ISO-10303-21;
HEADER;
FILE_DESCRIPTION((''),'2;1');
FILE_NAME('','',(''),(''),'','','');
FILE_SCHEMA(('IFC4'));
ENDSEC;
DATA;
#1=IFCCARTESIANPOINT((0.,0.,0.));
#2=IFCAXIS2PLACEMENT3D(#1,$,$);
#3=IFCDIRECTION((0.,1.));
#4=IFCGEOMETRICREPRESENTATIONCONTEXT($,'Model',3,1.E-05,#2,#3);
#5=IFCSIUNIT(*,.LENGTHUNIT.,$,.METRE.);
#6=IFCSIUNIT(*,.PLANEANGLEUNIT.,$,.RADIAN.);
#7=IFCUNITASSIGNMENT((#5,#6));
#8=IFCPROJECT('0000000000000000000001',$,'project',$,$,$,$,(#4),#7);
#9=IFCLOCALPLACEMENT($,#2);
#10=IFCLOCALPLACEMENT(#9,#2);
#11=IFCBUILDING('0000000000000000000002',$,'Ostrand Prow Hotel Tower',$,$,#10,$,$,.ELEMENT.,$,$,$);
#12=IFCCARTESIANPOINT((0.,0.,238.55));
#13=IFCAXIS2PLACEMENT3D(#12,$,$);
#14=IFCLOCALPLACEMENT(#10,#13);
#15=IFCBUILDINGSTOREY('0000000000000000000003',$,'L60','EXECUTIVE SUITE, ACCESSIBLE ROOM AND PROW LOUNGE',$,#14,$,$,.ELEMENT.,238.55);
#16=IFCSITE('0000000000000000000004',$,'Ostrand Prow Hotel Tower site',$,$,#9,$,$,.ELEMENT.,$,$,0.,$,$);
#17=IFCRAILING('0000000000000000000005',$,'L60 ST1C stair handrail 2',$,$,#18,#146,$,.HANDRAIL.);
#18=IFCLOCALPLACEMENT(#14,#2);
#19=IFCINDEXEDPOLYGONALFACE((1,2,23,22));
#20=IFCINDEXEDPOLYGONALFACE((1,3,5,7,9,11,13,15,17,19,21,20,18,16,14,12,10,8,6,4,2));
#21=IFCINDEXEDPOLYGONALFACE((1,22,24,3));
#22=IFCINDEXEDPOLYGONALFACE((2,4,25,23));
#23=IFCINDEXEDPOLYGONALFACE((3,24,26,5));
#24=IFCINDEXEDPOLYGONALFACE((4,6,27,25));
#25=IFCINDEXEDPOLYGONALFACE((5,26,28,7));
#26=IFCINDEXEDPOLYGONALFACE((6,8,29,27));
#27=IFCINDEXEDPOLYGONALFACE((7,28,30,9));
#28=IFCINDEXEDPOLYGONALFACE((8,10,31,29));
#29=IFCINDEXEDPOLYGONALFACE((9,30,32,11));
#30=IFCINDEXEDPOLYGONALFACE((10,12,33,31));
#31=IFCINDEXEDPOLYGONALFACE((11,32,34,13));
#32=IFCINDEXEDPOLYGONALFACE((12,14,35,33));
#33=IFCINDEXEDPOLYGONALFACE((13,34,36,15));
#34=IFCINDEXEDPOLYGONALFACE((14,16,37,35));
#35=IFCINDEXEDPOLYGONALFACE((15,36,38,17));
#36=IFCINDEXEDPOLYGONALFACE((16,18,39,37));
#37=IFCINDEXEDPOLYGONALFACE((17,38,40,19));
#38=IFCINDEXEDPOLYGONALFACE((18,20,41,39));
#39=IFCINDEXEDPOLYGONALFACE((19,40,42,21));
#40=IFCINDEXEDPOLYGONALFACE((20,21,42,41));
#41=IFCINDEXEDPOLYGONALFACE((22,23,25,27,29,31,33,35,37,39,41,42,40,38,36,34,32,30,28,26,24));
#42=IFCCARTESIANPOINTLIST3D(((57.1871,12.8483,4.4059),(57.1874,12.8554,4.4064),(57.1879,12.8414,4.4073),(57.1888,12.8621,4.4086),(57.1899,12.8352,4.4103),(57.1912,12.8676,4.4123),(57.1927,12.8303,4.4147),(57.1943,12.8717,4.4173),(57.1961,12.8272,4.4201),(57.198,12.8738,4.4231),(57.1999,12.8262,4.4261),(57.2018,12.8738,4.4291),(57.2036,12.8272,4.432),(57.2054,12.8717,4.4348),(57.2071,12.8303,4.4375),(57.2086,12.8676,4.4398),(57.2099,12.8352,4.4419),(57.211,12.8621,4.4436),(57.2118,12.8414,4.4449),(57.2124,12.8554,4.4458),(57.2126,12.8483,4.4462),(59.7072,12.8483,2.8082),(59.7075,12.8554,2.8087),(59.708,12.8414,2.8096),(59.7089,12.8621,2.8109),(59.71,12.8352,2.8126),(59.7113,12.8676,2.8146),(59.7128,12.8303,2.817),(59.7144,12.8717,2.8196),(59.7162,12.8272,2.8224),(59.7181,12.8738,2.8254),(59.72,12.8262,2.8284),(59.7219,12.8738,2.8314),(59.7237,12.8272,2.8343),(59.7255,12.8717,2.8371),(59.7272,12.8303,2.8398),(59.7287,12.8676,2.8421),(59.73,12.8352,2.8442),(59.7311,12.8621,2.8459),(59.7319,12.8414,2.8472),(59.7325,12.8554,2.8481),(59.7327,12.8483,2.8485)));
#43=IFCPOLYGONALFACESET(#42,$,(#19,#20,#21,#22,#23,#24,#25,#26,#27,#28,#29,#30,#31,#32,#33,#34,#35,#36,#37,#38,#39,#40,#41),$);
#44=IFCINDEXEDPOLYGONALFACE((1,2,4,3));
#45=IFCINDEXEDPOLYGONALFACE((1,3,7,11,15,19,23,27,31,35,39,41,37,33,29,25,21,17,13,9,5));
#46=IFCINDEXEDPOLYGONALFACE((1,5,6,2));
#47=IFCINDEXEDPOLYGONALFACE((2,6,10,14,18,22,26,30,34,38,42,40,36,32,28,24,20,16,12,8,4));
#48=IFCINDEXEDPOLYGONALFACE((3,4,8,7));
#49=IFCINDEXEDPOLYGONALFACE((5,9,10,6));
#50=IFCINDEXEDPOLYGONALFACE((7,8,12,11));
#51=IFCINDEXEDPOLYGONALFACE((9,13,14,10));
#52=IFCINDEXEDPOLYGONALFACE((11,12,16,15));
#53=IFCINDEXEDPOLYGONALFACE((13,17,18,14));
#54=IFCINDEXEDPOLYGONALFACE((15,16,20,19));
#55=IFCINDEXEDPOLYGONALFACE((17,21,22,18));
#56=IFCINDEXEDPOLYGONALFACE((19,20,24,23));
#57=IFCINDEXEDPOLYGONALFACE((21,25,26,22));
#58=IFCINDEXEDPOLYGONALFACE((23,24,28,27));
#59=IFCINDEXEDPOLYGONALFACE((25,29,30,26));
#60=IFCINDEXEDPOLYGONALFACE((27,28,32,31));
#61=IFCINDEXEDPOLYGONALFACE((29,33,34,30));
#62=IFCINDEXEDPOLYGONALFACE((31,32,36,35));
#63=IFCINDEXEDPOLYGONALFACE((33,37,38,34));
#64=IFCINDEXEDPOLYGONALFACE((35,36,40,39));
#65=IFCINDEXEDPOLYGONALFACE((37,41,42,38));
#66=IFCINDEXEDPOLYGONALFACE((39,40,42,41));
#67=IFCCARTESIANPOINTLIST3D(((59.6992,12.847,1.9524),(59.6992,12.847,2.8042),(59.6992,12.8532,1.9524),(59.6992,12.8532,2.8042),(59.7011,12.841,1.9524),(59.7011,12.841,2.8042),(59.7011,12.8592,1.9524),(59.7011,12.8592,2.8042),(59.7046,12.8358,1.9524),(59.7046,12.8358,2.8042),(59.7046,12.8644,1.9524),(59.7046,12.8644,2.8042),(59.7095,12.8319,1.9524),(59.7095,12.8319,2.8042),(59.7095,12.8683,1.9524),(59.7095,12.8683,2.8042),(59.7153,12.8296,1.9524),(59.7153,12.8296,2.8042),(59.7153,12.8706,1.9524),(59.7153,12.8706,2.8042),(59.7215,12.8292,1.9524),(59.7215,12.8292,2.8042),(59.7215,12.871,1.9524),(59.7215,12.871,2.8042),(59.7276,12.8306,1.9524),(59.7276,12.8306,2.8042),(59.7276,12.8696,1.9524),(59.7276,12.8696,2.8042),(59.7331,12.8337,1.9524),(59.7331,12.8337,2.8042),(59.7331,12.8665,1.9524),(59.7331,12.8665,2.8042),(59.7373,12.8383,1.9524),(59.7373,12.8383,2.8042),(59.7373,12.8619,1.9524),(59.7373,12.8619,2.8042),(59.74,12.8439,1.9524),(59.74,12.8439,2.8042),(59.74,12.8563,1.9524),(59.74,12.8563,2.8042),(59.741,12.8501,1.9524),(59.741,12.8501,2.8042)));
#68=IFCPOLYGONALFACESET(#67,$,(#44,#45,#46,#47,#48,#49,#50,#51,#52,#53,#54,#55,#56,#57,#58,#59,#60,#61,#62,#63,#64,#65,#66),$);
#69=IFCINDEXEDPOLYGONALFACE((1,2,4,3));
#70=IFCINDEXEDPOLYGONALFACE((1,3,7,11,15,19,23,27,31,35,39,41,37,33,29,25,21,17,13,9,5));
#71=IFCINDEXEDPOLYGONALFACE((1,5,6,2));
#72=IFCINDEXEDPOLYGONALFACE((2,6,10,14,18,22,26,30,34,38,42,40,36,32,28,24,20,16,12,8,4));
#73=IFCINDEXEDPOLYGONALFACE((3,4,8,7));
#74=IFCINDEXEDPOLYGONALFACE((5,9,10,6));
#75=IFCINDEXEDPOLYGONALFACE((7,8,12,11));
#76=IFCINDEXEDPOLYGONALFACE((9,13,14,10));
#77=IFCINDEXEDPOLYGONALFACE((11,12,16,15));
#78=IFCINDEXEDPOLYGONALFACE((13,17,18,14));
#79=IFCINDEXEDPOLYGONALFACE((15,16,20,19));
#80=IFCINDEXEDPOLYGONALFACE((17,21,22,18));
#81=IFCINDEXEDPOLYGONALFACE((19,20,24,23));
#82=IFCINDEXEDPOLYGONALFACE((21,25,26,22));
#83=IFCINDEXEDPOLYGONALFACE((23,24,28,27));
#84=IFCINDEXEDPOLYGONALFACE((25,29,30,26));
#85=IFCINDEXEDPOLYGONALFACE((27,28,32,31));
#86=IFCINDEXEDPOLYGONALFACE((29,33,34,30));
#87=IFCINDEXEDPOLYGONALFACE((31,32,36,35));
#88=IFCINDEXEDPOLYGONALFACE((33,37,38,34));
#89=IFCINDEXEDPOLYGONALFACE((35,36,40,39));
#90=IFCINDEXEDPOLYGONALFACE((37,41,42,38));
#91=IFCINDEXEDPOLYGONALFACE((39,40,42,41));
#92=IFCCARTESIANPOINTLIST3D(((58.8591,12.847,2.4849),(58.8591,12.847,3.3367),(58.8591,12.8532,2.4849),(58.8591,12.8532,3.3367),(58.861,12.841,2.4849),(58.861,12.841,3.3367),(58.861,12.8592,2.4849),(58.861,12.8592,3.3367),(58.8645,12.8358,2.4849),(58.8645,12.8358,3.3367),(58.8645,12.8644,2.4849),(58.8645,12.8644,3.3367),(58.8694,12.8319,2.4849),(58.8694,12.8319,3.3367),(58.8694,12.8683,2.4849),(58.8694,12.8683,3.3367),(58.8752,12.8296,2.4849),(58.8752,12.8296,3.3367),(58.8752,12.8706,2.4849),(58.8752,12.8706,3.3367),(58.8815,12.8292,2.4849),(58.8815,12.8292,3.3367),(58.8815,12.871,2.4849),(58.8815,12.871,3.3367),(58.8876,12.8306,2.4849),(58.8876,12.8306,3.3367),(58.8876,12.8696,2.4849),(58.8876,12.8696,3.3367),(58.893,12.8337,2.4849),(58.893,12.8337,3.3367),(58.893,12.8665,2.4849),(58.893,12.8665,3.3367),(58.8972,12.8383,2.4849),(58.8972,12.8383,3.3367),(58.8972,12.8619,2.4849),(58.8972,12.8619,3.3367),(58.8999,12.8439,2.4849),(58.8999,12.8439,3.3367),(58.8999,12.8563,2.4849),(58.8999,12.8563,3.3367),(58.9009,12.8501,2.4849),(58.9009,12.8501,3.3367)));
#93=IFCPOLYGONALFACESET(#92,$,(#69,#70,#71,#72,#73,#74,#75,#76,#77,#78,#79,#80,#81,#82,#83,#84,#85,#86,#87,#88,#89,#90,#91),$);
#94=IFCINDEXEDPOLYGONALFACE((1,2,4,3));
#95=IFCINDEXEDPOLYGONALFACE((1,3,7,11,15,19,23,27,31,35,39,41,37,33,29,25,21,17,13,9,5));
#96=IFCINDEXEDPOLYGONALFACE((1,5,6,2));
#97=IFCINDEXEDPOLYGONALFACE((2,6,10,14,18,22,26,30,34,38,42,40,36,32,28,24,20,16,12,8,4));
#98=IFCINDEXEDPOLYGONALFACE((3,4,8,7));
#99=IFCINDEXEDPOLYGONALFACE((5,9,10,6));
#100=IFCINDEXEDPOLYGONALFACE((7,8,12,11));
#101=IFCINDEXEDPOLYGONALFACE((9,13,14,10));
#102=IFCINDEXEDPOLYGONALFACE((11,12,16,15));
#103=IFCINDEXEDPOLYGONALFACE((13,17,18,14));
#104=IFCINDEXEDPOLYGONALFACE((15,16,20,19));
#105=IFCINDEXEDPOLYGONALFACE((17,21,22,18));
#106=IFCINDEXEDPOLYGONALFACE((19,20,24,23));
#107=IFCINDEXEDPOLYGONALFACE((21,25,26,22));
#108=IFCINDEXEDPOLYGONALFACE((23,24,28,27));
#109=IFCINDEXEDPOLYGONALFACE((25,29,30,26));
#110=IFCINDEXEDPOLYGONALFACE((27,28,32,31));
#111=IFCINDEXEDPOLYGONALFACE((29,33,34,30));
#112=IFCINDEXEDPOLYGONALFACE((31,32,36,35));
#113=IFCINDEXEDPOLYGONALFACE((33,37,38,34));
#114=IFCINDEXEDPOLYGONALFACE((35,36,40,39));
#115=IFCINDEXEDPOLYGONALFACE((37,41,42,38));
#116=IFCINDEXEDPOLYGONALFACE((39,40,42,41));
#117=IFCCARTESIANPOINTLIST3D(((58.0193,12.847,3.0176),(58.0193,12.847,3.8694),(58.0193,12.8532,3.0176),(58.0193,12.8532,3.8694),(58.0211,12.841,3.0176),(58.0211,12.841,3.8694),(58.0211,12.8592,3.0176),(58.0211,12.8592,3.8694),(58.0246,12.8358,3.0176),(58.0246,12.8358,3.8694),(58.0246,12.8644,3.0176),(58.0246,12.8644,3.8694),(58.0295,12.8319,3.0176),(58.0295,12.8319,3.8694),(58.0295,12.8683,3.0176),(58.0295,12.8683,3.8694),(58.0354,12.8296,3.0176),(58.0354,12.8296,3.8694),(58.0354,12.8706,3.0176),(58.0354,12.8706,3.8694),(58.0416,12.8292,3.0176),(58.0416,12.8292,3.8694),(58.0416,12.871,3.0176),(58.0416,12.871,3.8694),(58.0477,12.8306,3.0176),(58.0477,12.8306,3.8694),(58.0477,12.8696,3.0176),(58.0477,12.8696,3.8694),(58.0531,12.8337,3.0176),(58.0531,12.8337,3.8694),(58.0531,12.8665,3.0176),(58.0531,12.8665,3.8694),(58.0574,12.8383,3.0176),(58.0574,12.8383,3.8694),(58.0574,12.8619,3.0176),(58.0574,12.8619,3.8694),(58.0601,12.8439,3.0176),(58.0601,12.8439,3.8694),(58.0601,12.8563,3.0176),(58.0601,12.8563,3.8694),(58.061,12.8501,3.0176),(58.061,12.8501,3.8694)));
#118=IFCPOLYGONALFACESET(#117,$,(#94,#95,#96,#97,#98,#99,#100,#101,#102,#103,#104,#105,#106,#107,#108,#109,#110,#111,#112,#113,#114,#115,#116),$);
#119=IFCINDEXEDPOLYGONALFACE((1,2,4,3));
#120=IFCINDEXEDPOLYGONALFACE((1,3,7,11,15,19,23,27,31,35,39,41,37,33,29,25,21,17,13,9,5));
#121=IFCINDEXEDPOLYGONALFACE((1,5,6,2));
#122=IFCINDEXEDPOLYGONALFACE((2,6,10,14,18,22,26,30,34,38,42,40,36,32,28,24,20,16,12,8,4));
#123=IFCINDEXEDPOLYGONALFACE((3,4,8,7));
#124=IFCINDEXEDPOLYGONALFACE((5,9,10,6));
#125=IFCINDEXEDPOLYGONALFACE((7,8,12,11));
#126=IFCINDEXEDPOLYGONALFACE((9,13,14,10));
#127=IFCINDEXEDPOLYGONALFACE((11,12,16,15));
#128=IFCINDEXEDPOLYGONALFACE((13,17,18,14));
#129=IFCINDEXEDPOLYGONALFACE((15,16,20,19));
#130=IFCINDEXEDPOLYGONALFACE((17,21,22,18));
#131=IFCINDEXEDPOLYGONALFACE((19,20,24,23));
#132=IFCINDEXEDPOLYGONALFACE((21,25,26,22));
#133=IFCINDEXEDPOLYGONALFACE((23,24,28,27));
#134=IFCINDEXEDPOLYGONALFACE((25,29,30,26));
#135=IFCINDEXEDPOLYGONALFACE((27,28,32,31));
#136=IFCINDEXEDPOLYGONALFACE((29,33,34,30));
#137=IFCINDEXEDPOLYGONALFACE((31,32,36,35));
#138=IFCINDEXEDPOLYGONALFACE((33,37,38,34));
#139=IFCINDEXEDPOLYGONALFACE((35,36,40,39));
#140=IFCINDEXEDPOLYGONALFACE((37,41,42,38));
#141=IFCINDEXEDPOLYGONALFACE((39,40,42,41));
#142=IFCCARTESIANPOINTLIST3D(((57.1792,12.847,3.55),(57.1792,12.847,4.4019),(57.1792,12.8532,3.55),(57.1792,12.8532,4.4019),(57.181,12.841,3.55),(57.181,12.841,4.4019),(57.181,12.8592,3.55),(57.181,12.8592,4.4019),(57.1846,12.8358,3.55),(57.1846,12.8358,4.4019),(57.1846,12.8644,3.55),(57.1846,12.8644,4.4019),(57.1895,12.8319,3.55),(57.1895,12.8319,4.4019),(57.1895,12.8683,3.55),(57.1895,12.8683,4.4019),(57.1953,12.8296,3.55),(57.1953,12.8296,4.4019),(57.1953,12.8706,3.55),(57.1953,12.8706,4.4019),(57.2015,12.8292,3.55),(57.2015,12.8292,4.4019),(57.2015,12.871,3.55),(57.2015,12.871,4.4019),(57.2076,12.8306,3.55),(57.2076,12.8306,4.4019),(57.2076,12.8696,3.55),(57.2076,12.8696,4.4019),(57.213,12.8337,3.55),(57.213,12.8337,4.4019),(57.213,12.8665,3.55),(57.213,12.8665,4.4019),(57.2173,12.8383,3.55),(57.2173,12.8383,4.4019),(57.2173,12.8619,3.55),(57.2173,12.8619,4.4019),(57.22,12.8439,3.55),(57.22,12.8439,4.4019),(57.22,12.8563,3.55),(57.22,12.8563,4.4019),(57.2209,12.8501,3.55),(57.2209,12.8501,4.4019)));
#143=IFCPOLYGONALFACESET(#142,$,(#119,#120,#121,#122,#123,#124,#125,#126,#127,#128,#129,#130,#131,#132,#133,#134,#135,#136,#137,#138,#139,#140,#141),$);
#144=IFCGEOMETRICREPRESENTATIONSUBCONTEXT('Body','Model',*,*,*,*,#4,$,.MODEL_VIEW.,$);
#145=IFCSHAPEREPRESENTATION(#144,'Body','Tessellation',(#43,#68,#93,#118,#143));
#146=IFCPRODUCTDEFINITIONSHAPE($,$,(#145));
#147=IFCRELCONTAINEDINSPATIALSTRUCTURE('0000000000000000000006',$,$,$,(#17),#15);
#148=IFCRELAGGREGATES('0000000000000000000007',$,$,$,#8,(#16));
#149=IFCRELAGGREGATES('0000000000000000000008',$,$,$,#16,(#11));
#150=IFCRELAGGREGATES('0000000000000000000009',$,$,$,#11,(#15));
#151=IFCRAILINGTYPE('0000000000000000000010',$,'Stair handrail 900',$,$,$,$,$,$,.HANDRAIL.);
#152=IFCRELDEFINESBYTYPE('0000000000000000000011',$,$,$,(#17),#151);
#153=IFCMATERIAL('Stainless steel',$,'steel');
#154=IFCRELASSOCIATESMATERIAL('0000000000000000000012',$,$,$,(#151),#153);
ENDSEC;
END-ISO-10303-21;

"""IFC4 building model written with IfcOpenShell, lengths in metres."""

from ifc_helpers import new_model, si_unit, direction, frame, origin, origin_2d, place, context, subcontext, project, spatial, circle, extrude, material, type_object, element, save


model = new_model("IFC4")

# Units and contexts
model_context = context("Model", 3, precision=1e-05, world=origin(), true_north=direction((0.0, 1.0)))
body_context = subcontext(model_context, "Body", "Model", "MODEL_VIEW")
ifc_project = project(units=[si_unit("LENGTHUNIT", "METRE"), si_unit("PLANEANGLEUNIT", "RADIAN")], contexts=[model_context])

# Site, building, storey
site_placement = place(None, origin())
site = spatial("IfcSite", under=ifc_project, at=site_placement, Name="Ostrand Prow Hotel Tower site", CompositionType="ELEMENT", RefElevation=0.0)
building_placement = place(site_placement, origin())
building = spatial("IfcBuilding", under=site, at=building_placement, Name="Ostrand Prow Hotel Tower", CompositionType="ELEMENT")
storey_placement = place(building_placement, frame((0.0, 0.0, 238.55)))
storey = spatial("IfcBuildingStorey", under=building, at=storey_placement, Name="L60", Description="EXECUTIVE SUITE, ACCESSIBLE ROOM AND PROW LOUNGE", CompositionType="ELEMENT", Elevation=238.55)

# Railing
ifc_material_1 = material(Name="Stainless steel", Category="steel")
railing_type_1 = type_object("IfcRailingType", Name="Stair handrail 900", PredefinedType="HANDRAIL", material=ifc_material_1)
railing_1_placement = place(storey_placement, frame((59.72, 12.8501, 1.9524)))
element("IfcRailing", 1, at=railing_1_placement, inside=storey, type_object=railing_type_1, Name="L60 ST1C stair handrail 2", PredefinedType="HANDRAIL", context=body_context, shape_type="SweptSolid", body=[
    extrude(circle(Radius=0.0239, at=origin_2d()), frame((0.0, 0.0, 0.876), z_axis=(-0.84457, 0.0, 0.535445), x_axis=(0.0, -1.0, 0.0)), (0.0, 0.0, 1.0), 2.9839),
    extrude(circle(Radius=0.021, at=origin_2d()), origin(), (0.0, 0.0, 1.0), 0.8518),
    extrude(circle(Radius=0.021, at=origin_2d()), frame((-0.8401, 0.0, 0.5325)), (0.0, 0.0, 1.0), 0.8518),
    extrude(circle(Radius=0.021, at=origin_2d()), frame((-1.6799, 0.0, 1.0652)), (0.0, 0.0, 1.0), 0.8518),
    extrude(circle(Radius=0.021, at=origin_2d()), frame((-2.52, 0.0, 1.5977)), (0.0, 0.0, 1.0), 0.8518),
])

save(model, "model.ifc")
